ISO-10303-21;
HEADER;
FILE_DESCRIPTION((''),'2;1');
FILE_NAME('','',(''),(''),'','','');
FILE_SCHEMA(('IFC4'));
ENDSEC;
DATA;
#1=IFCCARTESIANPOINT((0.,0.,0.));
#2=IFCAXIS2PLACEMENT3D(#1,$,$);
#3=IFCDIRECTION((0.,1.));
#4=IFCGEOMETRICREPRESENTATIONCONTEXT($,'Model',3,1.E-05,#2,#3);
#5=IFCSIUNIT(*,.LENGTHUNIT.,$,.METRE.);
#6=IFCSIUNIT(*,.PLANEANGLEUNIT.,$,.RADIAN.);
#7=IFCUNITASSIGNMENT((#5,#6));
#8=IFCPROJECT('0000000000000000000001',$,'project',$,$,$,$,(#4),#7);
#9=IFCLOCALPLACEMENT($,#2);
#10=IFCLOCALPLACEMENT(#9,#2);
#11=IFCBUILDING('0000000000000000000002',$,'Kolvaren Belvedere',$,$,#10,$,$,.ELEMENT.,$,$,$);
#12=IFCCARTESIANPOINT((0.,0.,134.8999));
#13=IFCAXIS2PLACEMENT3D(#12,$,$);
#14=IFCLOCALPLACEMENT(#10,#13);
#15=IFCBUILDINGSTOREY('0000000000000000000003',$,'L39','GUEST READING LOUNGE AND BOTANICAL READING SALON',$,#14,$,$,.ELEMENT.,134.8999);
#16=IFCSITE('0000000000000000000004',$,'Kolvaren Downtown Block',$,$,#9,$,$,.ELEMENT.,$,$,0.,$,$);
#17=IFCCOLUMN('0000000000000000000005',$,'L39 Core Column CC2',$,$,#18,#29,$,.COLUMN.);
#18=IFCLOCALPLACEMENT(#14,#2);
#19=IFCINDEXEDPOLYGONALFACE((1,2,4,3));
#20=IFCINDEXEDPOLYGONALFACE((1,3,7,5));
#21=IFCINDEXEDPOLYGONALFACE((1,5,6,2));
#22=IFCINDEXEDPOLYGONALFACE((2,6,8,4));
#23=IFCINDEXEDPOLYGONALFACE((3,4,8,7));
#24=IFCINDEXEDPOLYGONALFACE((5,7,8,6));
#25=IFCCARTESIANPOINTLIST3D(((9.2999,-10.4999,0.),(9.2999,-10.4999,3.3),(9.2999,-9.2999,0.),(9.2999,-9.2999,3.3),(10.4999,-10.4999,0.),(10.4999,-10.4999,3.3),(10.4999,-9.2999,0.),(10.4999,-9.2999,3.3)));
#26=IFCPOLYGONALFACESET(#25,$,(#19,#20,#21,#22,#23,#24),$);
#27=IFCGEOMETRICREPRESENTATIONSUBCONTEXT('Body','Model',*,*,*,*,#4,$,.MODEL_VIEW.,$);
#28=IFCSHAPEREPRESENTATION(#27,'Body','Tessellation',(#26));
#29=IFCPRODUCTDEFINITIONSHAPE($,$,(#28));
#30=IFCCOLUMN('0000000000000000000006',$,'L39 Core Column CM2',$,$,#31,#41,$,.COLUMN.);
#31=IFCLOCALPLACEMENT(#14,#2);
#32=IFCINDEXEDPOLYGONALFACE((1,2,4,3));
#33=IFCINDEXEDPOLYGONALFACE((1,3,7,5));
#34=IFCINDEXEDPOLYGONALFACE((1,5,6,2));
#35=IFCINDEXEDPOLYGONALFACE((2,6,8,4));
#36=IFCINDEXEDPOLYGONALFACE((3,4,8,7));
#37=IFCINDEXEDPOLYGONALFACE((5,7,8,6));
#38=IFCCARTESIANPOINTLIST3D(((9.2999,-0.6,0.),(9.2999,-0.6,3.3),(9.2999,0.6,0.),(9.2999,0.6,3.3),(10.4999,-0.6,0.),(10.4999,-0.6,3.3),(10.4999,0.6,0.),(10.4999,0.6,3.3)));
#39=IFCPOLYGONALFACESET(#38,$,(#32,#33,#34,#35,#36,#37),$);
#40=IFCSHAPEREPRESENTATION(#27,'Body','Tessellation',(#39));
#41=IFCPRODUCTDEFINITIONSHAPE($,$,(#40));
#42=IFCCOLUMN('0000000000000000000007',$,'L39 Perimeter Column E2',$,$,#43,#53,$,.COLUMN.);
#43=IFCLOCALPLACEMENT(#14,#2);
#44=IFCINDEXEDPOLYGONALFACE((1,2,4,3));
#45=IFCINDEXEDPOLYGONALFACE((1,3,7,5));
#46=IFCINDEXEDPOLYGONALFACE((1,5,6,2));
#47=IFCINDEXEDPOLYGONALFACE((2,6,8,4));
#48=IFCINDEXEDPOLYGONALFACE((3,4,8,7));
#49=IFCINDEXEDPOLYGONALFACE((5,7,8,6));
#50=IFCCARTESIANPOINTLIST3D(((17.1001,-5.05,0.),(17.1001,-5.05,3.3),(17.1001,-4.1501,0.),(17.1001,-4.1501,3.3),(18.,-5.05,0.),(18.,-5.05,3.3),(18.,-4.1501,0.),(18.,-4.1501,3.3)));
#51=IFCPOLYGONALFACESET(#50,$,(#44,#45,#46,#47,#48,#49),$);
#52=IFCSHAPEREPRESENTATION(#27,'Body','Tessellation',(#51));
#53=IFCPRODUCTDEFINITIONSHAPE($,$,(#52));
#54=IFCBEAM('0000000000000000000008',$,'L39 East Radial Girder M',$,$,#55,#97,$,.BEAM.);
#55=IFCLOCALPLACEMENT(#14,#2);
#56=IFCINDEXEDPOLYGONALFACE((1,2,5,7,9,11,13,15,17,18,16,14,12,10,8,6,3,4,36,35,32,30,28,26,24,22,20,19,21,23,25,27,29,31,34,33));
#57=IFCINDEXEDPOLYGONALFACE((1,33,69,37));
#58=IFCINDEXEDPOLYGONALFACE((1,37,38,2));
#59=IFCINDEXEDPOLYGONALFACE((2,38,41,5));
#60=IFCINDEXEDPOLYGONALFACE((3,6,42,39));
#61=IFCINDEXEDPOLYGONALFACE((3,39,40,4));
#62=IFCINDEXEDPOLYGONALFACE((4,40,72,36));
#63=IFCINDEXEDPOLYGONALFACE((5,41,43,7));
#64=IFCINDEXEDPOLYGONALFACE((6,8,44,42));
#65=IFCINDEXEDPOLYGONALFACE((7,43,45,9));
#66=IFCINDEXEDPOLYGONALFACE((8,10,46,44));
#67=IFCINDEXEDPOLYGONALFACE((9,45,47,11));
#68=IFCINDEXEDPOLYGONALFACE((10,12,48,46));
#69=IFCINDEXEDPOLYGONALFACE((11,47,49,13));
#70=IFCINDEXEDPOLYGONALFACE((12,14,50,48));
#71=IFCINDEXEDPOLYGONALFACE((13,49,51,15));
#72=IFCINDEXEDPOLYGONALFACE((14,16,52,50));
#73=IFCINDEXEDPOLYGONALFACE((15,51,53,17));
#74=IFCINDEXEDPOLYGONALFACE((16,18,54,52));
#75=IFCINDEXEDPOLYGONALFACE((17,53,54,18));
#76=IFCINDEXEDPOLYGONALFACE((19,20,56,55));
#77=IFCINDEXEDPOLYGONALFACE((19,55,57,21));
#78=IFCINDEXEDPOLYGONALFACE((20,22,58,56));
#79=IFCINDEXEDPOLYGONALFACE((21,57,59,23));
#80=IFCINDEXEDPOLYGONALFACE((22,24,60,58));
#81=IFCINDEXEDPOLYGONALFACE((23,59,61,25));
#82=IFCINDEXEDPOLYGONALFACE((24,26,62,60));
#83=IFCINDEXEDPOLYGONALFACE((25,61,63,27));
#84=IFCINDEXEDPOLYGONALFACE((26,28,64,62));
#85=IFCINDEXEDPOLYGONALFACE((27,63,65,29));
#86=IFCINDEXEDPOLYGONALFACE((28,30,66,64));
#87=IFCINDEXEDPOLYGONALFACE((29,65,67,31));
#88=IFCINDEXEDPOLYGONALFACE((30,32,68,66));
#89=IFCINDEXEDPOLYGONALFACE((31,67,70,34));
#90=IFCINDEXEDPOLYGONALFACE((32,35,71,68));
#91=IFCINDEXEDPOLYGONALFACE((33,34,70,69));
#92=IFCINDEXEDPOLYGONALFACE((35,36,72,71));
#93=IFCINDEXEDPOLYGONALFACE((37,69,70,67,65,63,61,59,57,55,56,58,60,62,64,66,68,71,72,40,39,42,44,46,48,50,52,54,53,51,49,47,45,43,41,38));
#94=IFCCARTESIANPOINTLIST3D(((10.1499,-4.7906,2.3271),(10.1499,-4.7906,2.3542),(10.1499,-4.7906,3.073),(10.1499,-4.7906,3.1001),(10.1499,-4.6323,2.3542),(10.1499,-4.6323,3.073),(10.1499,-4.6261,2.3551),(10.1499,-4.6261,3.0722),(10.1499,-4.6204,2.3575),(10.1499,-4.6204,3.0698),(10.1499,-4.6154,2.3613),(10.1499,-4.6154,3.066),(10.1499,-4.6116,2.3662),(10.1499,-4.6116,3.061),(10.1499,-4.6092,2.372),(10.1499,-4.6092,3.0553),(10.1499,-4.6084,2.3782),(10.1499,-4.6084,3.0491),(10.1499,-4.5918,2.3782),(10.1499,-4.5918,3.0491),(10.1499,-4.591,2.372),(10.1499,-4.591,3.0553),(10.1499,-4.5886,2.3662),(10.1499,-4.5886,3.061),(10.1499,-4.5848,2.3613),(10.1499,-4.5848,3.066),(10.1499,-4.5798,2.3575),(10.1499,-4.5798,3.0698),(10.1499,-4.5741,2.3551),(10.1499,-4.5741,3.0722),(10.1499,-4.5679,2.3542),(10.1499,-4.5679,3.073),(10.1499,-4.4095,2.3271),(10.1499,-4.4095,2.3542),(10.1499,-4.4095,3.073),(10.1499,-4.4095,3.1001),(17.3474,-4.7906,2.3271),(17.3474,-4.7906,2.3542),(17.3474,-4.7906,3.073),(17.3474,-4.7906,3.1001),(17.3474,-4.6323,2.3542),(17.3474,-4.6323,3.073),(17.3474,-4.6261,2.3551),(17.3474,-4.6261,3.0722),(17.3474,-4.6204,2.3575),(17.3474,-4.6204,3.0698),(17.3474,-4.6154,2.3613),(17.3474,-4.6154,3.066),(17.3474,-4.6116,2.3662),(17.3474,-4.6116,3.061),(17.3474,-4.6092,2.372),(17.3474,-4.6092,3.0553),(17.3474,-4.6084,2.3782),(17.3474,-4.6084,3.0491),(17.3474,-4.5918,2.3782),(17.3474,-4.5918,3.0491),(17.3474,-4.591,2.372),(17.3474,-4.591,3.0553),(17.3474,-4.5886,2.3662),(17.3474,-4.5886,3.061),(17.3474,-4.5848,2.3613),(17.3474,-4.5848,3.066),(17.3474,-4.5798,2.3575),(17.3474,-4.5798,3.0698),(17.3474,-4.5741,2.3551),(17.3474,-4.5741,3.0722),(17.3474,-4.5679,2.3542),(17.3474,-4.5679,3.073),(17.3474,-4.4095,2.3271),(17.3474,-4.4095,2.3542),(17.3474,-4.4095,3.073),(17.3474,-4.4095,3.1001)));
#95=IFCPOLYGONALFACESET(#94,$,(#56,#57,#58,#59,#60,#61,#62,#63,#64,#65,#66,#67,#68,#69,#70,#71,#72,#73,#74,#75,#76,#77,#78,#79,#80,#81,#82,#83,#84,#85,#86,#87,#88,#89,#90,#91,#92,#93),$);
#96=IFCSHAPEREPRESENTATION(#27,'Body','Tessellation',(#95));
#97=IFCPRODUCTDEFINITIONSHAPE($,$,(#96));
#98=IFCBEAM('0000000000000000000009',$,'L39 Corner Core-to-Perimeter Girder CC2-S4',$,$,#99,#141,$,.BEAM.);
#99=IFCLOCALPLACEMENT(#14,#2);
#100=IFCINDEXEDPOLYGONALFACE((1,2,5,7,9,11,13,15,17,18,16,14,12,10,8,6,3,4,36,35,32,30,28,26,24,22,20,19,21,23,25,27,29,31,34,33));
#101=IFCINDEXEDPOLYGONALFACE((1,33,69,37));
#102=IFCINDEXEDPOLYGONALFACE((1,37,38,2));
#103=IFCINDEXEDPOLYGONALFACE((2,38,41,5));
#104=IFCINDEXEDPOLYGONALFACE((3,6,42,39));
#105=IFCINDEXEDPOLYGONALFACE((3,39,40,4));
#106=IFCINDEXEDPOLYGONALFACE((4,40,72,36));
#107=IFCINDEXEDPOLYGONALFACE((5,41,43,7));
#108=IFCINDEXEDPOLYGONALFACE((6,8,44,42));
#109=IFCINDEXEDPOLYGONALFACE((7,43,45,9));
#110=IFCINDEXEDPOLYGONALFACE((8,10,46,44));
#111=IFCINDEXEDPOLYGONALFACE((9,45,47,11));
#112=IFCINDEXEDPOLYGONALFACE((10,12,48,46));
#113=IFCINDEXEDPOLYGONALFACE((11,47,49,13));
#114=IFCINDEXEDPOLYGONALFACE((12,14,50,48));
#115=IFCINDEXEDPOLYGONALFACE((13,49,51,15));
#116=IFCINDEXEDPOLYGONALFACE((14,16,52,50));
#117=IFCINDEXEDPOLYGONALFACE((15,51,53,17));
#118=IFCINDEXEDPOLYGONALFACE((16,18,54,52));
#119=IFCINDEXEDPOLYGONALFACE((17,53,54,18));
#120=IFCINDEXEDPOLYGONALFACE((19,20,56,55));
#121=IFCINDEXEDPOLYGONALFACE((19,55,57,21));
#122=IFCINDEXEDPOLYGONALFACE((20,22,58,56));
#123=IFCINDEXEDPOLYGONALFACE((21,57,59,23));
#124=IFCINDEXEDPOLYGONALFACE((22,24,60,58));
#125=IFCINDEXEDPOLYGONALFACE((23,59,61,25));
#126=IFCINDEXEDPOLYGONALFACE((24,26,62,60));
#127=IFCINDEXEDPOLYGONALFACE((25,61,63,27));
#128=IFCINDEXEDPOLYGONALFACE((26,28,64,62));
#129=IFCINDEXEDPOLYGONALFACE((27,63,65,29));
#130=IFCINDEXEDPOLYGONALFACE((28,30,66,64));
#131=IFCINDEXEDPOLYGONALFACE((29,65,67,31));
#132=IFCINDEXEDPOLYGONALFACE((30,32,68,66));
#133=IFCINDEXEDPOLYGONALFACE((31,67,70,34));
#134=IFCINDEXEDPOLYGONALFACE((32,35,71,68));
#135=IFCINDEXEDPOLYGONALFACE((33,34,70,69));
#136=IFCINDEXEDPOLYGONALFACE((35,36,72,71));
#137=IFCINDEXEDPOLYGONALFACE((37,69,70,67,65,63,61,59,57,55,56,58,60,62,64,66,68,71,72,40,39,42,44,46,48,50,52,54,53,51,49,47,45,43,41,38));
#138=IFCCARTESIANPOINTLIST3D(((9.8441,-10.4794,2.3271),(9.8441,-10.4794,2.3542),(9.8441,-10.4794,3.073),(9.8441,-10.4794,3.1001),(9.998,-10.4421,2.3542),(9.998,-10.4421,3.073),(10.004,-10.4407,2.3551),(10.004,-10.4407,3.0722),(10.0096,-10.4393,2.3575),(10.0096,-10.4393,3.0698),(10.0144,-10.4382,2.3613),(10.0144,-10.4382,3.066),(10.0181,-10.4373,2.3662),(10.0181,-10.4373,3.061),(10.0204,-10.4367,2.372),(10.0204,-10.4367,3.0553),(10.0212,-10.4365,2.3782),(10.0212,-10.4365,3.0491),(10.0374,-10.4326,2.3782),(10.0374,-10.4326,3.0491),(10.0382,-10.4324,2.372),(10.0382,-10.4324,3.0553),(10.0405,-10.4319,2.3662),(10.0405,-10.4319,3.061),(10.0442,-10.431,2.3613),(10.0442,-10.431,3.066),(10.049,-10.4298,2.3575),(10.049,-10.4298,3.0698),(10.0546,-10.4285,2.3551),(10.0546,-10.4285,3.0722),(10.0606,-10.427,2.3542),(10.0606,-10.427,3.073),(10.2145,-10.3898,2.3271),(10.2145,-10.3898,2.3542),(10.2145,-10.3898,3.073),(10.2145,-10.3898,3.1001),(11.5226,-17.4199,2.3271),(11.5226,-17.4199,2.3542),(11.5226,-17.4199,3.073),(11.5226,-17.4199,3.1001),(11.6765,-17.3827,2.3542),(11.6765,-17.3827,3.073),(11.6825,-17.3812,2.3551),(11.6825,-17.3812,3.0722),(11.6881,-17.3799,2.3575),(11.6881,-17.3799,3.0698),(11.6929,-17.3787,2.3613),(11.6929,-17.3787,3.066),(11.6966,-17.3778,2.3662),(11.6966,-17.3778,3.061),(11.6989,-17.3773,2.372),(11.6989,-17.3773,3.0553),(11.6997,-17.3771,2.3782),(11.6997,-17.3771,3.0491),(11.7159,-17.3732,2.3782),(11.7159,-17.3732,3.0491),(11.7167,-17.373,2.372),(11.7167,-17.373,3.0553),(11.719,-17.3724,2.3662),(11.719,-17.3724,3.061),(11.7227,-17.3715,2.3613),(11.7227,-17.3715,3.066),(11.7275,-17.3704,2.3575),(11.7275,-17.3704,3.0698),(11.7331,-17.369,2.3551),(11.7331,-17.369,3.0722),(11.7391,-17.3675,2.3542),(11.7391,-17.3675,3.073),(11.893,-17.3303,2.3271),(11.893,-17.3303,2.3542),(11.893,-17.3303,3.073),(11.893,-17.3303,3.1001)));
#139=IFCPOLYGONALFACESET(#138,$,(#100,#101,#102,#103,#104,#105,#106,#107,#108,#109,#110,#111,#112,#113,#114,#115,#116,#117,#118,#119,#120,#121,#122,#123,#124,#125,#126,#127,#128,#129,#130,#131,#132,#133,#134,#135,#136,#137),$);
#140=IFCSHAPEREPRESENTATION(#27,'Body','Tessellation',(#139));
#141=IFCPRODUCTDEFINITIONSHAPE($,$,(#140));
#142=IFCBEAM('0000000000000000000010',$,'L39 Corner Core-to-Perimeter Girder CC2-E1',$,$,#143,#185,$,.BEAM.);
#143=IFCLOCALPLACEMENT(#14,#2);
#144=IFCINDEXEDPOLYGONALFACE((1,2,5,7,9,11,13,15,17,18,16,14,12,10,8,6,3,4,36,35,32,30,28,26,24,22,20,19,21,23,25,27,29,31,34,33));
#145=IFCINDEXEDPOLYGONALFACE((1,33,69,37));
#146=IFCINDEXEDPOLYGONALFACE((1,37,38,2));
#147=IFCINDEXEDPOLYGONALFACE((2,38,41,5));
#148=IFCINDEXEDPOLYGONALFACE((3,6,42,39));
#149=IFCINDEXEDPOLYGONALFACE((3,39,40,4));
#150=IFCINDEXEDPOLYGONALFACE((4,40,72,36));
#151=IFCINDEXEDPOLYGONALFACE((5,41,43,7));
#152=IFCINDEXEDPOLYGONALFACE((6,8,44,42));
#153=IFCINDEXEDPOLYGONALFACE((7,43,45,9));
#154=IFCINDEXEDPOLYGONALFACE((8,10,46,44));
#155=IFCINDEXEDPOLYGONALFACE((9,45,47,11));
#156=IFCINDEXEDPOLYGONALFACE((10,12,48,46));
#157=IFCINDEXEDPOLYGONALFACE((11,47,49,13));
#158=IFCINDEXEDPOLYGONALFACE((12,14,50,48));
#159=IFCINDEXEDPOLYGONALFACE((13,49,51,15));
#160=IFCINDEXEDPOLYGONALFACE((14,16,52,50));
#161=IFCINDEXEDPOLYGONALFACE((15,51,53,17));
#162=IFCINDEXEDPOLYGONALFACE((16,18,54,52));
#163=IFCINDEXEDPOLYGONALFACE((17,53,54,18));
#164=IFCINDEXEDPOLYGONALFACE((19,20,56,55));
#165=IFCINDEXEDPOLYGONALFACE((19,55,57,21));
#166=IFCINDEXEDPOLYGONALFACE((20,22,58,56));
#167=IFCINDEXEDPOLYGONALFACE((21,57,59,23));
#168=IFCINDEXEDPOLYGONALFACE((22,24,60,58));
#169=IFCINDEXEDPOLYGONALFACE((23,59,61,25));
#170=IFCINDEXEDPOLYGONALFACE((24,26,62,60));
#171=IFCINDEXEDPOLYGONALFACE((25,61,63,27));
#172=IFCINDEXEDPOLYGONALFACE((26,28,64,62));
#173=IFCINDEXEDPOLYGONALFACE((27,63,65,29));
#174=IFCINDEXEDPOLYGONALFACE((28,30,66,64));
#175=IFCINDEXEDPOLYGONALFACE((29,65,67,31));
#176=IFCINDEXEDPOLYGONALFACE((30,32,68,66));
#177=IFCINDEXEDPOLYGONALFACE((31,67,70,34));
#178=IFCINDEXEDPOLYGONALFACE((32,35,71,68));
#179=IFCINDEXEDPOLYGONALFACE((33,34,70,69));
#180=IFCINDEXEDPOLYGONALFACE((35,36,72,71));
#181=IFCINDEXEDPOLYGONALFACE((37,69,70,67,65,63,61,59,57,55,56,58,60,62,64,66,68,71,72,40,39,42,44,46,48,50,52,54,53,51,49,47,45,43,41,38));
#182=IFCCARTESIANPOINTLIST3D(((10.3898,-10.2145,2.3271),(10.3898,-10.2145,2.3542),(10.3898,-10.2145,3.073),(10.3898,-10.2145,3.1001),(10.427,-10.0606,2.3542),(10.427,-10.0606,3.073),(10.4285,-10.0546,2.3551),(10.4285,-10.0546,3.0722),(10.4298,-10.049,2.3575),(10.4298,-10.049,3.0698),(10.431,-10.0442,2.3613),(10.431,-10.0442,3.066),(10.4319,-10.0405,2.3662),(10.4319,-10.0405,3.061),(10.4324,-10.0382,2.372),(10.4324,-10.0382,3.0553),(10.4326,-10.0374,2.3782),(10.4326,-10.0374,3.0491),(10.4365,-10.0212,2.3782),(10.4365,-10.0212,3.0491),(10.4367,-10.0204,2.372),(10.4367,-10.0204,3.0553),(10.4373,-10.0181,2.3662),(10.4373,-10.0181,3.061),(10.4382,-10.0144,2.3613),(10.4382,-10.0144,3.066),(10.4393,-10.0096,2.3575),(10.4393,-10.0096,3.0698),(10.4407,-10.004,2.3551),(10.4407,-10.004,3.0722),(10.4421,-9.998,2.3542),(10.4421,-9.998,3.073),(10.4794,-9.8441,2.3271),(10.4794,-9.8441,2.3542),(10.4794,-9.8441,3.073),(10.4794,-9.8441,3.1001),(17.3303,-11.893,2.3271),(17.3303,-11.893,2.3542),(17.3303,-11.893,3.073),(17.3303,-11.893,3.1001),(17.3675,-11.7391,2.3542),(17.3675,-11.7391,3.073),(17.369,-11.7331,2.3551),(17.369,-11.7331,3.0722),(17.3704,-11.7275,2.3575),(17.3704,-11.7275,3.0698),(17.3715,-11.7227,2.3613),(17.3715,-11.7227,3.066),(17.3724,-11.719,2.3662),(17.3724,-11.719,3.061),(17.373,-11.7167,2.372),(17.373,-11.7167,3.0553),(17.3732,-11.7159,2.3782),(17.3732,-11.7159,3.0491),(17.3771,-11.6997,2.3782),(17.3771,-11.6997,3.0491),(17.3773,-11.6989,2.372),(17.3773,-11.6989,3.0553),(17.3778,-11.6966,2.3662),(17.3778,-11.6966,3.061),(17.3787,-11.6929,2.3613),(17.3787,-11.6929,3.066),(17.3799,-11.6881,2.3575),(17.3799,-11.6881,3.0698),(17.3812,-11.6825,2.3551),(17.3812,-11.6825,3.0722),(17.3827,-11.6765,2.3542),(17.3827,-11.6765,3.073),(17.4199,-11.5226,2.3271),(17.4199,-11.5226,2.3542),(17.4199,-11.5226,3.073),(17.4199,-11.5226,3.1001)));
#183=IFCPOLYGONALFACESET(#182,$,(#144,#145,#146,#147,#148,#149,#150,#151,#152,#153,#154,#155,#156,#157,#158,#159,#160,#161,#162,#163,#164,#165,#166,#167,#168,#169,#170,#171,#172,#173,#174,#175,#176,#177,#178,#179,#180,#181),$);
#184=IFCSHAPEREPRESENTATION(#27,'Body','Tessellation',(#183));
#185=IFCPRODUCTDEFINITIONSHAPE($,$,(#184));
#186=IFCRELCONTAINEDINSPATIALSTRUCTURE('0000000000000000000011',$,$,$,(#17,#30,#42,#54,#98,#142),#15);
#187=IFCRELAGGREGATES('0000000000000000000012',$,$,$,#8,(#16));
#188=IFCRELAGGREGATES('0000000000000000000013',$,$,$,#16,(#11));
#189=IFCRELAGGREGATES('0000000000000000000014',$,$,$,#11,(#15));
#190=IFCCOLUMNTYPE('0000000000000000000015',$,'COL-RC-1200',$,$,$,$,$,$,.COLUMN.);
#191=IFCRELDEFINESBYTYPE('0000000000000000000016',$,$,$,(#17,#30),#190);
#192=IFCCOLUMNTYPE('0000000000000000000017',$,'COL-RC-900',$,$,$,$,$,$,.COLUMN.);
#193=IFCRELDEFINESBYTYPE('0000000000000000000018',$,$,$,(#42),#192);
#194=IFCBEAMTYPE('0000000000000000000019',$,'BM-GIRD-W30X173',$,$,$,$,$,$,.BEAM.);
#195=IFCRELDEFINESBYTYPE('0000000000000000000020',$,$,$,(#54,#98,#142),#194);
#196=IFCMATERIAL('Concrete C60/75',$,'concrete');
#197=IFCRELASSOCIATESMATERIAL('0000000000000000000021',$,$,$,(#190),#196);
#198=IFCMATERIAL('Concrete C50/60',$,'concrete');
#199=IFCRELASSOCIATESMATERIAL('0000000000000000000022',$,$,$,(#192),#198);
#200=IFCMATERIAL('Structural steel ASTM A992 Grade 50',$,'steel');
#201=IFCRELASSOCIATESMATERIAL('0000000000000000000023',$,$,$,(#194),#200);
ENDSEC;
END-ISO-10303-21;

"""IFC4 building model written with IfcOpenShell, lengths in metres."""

from ifc_helpers import new_model, si_unit, direction, frame, origin, origin_2d, place, context, subcontext, project, spatial, rectangle, i_section, extrude, material, material_profile, profile_set, type_object, element, save


model = new_model("IFC4")

# Units and contexts
model_context = context("Model", 3, precision=1e-05, world=origin(), true_north=direction((0.0, 1.0)))
body_context = subcontext(model_context, "Body", "Model", "MODEL_VIEW")
ifc_project = project(units=[si_unit("LENGTHUNIT", "METRE"), si_unit("PLANEANGLEUNIT", "RADIAN")], contexts=[model_context])

# Site, building, storey
site_placement = place(None, origin())
site = spatial("IfcSite", under=ifc_project, at=site_placement, Name="Kolvaren Downtown Block", CompositionType="ELEMENT", RefElevation=0.0)
building_placement = place(site_placement, origin())
building = spatial("IfcBuilding", under=site, at=building_placement, Name="Kolvaren Belvedere", CompositionType="ELEMENT")
storey_placement = place(building_placement, frame((0.0, 0.0, 134.8999)))
storey = spatial("IfcBuildingStorey", under=building, at=storey_placement, Name="L39", Description="GUEST READING LOUNGE AND BOTANICAL READING SALON", CompositionType="ELEMENT", Elevation=134.8999)

# Columns
ifc_material_1 = material(Name="Concrete C60/75", Category="concrete")
ifc_material_profile_1 = material_profile(ifc_material_1, rectangle(XDim=1.2, YDim=1.2, at=origin_2d()), Name="RC 1200X1200")
ifc_profile_set_1 = profile_set([ifc_material_profile_1], Name="Concrete C60/75")
column_type_1 = type_object("IfcColumnType", Name="COL-RC-1200", PredefinedType="COLUMN", material=ifc_profile_set_1)
for number, where, z_axis, x_axis, name in (
    (1, (9.8999, -9.8999, 0.0), (0.0, 0.0, 1.0), (1.0, 0.0, 0.0), "L39 Core Column CC2"),
    (2, (9.8999, 0.0, 0.0), (0.0, 0.0, 1.0), (1.0, 0.0, 0.0), "L39 Core Column CM2"),
):
    element("IfcColumn", number, at=place(storey_placement, frame(where, z_axis=z_axis, x_axis=x_axis)), inside=storey, type_object=column_type_1, Name=name, PredefinedType="COLUMN", context=body_context, shape_type="SweptSolid", body=[
        extrude(rectangle(XDim=1.2, YDim=1.2, at=origin_2d()), origin(), (0.0, 0.0, 1.0), 3.3),
    ])
ifc_material_2 = material(Name="Concrete C50/60", Category="concrete")
ifc_material_profile_2 = material_profile(ifc_material_2, rectangle(XDim=0.8999, YDim=0.8999, at=origin_2d()), Name="RC 900X900")
ifc_profile_set_2 = profile_set([ifc_material_profile_2], Name="Concrete C50/60")
column_type_2 = type_object("IfcColumnType", Name="COL-RC-900", PredefinedType="COLUMN", material=ifc_profile_set_2)
column_placement = place(storey_placement, frame((17.55, -4.6001, 0.0), z_axis=(0.0, 0.0, 1.0), x_axis=(1.0, 0.0, 0.0)))
element("IfcColumn", 3, at=column_placement, inside=storey, type_object=column_type_2, Name="L39 Perimeter Column E2", PredefinedType="COLUMN", context=body_context, shape_type="SweptSolid", body=[
    extrude(rectangle(XDim=0.8999, YDim=0.8999, at=origin_2d()), origin(), (0.0, 0.0, 1.0), 3.3),
])

# Beams
ifc_material_3 = material(Name="Structural steel ASTM A992 Grade 50", Category="steel")
ifc_material_profile_3 = material_profile(ifc_material_3, i_section(OverallWidth=0.3811, OverallDepth=0.7729, WebThickness=0.0166, FlangeThickness=0.0271, FilletRadius=0.0239, at=origin_2d()), Name="W30X173")
ifc_profile_set_3 = profile_set([ifc_material_profile_3], Name="Structural steel ASTM A992 Grade 50")
beam_type_1 = type_object("IfcBeamType", Name="BM-GIRD-W30X173", PredefinedType="BEAM", material=ifc_profile_set_3)
beam_1_placement = place(storey_placement, frame((10.1499, -4.6001, 2.7136), z_axis=(1.0, 0.0, 0.0), x_axis=(0.0, 1.0, 0.0)))
element("IfcBeam", 4, at=beam_1_placement, inside=storey, type_object=beam_type_1, Name="L39 East Radial Girder M", PredefinedType="BEAM", context=body_context, shape_type="SweptSolid", body=[
    extrude(i_section(OverallWidth=0.3811, OverallDepth=0.7729, WebThickness=0.0166, FlangeThickness=0.0271, FilletRadius=0.0239, at=origin_2d()), origin(), (0.0, 0.0, 1.0), 7.1975),
])
for number, where, z_axis, x_axis, name in (
    (5, (10.0293, -10.4346, 2.7136), (0.235063, -0.97198, 0.0), (0.97198, 0.235063, 0.0), "L39 Corner Core-to-Perimeter Girder CC2-S4"),
    (6, (10.4346, -10.0293, 2.7136), (0.97198, -0.235063, 0.0), (0.235063, 0.97198, 0.0), "L39 Corner Core-to-Perimeter Girder CC2-E1"),
):
    element("IfcBeam", number, at=place(storey_placement, frame(where, z_axis=z_axis, x_axis=x_axis)), inside=storey, type_object=beam_type_1, Name=name, PredefinedType="BEAM", context=body_context, shape_type="SweptSolid", body=[
        extrude(i_section(OverallWidth=0.3811, OverallDepth=0.7729, WebThickness=0.0166, FlangeThickness=0.0271, FilletRadius=0.0239, at=origin_2d()), origin(), (0.0, 0.0, 1.0), 7.1406),
    ])

save(model, "model.ifc")
